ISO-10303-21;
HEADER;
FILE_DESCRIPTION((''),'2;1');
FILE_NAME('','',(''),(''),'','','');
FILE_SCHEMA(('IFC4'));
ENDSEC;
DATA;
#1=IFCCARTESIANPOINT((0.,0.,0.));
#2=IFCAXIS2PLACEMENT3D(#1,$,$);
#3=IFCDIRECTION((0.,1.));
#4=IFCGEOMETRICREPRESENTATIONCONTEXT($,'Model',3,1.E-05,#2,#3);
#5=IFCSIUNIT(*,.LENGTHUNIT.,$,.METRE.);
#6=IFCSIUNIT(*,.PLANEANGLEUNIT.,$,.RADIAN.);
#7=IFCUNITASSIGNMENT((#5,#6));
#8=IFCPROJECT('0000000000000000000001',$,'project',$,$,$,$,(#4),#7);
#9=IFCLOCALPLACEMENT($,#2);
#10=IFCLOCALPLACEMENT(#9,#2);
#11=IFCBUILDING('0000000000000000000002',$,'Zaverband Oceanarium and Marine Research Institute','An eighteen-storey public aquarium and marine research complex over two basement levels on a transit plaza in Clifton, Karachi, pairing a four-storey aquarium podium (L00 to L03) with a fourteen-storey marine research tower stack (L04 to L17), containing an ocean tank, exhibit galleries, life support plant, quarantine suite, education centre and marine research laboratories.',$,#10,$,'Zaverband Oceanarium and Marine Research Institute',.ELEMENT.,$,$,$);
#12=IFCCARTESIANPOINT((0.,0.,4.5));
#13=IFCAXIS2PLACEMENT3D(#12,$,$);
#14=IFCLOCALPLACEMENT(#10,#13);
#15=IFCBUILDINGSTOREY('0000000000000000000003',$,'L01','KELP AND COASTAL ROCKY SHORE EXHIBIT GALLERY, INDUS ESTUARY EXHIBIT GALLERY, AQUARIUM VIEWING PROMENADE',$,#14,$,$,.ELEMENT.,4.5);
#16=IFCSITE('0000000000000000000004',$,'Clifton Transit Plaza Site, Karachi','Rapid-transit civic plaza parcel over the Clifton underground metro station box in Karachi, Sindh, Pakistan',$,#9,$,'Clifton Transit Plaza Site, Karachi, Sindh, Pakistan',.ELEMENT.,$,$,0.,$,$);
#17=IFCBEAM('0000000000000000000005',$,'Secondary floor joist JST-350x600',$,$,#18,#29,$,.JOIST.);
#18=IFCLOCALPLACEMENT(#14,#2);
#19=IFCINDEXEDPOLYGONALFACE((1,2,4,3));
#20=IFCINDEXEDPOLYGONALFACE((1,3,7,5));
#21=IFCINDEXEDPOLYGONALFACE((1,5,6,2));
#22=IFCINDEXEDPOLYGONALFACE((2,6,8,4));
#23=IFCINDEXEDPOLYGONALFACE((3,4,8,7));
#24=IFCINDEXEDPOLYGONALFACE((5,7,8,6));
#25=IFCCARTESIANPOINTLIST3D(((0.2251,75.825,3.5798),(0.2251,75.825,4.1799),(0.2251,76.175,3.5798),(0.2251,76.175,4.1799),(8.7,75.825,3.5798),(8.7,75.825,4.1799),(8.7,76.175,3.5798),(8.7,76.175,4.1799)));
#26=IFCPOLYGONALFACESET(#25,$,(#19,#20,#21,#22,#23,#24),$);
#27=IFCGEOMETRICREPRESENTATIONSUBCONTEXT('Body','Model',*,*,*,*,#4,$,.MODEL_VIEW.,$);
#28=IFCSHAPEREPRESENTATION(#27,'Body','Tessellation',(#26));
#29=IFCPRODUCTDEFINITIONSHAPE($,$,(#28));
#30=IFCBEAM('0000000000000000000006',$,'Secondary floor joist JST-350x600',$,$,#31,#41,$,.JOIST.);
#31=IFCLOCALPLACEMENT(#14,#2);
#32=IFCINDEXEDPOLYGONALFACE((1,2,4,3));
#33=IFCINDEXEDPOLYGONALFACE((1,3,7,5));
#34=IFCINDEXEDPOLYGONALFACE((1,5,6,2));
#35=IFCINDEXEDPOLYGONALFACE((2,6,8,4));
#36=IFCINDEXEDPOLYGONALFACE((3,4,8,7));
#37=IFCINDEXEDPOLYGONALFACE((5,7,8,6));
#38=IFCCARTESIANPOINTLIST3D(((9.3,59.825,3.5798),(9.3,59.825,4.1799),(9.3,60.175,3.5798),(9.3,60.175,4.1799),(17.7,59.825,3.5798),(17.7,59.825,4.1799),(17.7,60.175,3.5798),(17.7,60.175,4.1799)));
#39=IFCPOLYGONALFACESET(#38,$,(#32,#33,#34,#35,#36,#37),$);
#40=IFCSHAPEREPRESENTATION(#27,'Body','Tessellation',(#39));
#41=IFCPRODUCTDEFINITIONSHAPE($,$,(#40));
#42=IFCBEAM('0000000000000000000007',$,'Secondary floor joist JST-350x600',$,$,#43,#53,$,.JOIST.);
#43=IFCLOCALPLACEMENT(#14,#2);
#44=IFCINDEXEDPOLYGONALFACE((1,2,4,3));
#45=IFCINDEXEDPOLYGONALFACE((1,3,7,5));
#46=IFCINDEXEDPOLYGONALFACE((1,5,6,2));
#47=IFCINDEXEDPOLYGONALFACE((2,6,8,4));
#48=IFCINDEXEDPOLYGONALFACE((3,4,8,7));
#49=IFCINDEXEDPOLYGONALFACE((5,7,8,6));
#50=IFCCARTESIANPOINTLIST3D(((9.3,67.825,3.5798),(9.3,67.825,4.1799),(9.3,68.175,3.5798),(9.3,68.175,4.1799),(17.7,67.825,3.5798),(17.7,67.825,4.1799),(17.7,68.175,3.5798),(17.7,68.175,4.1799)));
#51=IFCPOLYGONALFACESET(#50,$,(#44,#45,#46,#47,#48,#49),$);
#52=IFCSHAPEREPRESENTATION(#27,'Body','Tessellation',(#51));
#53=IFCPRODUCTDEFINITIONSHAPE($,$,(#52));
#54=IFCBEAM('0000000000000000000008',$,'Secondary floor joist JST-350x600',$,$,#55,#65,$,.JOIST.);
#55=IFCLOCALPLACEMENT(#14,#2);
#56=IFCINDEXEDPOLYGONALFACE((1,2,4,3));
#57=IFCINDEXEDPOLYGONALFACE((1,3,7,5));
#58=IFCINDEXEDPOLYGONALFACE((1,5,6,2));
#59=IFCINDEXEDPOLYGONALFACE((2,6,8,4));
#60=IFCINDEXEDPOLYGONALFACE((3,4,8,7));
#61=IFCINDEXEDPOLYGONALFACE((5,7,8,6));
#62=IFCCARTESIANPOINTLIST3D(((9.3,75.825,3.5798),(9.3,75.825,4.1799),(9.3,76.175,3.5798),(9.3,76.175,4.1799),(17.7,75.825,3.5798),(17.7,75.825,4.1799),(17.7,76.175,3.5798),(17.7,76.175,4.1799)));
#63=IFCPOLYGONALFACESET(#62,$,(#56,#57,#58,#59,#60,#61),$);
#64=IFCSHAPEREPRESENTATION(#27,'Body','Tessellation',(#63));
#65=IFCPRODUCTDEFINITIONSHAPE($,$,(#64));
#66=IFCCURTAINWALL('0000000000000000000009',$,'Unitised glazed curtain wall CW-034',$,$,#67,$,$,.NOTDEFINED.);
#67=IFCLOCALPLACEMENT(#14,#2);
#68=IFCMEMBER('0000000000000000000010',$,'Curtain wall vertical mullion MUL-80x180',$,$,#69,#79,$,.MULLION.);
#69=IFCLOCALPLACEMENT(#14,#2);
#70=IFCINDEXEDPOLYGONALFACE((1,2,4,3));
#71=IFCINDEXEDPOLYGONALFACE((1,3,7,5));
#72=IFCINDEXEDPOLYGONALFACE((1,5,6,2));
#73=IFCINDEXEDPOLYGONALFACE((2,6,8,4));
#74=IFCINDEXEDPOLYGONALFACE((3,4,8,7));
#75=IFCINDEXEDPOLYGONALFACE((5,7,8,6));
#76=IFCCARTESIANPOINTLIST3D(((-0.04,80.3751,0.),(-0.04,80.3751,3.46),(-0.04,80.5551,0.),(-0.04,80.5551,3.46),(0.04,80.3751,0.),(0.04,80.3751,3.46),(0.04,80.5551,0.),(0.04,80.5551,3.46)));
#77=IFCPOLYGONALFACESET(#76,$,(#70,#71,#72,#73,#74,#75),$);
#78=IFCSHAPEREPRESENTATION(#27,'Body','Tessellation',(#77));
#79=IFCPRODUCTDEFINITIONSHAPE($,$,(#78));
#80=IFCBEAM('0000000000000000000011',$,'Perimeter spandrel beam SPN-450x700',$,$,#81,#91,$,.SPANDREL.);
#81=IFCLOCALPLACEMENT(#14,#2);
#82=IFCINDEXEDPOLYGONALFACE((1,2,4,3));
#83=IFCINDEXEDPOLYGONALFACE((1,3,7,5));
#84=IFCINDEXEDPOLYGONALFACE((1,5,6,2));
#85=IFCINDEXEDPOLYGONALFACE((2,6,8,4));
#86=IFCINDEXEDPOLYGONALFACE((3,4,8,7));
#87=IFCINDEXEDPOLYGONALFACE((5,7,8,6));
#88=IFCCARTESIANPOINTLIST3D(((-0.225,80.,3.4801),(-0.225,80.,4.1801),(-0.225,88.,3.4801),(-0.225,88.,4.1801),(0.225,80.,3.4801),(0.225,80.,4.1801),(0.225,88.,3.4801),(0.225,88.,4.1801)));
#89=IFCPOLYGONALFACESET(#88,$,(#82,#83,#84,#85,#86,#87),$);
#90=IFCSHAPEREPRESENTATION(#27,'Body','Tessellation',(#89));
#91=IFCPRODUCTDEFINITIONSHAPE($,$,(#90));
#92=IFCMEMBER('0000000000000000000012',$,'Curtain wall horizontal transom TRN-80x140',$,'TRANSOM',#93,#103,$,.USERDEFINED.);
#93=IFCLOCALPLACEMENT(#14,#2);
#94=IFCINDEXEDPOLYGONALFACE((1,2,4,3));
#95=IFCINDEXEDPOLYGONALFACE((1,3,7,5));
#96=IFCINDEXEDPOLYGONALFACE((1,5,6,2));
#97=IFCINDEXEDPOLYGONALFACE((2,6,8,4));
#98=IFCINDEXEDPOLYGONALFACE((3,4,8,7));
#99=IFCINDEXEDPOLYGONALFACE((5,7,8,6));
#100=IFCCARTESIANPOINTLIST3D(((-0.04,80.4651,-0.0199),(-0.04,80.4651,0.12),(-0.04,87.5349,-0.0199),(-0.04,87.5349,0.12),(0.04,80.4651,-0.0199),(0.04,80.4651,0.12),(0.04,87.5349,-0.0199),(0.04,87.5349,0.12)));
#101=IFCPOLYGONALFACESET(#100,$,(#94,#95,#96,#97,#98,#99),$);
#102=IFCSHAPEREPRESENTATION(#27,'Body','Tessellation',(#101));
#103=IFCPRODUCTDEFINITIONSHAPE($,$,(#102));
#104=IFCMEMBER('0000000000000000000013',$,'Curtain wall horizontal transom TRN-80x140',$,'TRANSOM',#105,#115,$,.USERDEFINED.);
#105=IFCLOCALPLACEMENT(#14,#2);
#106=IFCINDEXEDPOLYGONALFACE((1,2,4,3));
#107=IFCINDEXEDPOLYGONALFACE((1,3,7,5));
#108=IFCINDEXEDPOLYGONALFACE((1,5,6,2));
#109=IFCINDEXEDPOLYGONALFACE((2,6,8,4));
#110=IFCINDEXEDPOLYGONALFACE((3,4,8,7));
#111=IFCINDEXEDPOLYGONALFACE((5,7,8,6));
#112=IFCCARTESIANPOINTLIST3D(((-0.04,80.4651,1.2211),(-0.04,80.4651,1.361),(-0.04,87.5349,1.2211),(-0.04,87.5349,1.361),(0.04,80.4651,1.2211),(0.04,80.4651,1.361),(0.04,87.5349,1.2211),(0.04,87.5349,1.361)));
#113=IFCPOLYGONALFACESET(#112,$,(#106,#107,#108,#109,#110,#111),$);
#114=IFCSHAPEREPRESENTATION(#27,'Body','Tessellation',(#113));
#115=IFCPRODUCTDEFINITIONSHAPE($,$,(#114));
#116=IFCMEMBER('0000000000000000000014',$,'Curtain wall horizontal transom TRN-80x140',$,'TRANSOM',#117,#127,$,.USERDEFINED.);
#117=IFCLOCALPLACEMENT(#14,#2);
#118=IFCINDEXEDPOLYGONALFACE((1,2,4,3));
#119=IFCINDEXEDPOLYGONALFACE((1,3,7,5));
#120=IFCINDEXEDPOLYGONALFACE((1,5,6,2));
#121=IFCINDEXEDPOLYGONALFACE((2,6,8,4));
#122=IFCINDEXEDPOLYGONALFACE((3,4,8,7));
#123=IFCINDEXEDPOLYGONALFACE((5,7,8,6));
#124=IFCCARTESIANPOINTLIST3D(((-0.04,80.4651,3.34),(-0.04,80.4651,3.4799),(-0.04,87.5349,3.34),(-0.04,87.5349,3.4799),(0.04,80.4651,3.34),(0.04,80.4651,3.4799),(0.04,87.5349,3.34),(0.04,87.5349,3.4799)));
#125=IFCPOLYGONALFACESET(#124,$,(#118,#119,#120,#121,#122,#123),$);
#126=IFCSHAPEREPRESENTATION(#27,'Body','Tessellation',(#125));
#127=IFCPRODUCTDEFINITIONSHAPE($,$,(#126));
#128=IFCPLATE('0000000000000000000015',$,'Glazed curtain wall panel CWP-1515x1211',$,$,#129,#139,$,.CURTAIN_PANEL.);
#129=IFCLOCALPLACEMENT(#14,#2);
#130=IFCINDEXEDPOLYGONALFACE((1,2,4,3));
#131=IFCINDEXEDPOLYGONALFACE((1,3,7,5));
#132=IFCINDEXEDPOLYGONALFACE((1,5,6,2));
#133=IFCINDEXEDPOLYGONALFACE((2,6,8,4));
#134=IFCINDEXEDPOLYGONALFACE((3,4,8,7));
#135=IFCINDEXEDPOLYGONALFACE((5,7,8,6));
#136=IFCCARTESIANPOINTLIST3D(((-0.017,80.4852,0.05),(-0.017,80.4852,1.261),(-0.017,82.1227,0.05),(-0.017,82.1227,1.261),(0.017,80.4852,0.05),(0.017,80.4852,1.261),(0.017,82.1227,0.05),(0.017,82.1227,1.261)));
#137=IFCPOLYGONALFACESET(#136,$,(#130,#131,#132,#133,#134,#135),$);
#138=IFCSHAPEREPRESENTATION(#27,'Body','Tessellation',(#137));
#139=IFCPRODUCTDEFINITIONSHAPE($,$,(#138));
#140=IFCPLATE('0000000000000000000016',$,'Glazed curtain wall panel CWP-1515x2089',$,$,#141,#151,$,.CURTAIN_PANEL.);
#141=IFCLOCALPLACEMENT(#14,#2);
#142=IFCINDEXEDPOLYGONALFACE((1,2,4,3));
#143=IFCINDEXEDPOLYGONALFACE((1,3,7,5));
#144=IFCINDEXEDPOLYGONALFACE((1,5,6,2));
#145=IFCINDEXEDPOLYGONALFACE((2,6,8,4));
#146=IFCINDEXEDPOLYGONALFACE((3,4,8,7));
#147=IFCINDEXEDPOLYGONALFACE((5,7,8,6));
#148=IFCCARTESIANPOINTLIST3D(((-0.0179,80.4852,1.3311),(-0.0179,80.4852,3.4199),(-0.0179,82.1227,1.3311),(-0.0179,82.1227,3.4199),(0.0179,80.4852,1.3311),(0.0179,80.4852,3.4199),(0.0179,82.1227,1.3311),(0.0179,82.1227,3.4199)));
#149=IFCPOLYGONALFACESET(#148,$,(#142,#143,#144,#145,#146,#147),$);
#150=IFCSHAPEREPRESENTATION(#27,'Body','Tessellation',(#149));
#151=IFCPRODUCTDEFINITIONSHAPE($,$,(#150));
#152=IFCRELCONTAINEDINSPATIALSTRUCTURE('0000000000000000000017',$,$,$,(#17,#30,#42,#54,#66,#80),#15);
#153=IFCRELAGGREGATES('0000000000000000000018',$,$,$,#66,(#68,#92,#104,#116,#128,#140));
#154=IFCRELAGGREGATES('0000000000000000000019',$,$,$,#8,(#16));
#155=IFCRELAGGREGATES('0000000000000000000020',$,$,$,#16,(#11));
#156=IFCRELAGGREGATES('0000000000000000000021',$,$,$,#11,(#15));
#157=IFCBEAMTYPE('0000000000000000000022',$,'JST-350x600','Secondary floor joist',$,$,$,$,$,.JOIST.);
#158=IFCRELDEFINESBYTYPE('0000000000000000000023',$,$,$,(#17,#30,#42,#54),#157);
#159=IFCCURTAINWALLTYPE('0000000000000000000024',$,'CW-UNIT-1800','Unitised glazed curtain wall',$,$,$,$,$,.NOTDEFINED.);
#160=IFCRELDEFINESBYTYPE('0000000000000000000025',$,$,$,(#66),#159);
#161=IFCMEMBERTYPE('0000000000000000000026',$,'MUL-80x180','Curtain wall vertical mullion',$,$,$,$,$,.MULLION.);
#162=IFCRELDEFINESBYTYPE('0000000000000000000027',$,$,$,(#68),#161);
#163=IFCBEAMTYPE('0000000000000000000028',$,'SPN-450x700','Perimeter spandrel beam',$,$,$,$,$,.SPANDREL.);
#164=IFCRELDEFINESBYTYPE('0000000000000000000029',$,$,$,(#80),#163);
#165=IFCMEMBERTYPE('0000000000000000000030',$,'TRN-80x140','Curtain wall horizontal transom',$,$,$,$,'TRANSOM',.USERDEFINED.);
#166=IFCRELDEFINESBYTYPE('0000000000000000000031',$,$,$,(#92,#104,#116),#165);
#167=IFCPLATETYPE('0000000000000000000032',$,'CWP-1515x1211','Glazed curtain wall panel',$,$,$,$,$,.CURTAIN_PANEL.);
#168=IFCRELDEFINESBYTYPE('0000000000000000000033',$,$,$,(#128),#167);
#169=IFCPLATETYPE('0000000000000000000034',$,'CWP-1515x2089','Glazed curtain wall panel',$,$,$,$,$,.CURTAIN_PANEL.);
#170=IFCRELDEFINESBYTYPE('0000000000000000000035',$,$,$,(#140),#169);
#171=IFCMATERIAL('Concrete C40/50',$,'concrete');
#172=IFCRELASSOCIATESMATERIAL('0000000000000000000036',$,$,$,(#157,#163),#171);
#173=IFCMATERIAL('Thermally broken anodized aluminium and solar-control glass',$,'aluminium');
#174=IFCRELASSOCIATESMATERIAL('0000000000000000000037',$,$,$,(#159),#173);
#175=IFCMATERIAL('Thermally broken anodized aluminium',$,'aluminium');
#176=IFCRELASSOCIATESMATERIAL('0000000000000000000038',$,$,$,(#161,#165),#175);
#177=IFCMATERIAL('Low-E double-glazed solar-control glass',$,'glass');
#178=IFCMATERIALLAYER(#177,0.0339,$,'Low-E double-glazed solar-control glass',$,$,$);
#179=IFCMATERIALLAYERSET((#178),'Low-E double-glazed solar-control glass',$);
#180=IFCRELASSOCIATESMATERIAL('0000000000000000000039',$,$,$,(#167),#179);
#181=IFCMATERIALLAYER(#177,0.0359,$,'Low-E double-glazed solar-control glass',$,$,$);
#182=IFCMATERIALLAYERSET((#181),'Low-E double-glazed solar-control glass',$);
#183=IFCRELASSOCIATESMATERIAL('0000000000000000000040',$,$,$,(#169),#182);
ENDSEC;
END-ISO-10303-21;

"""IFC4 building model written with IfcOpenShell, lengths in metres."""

from ifc_helpers import new_model, si_unit, direction, frame, frame_2d, origin, origin_2d, place, context, subcontext, project, spatial, rectangle, extrude, material, layer, layer_set, material_profile, profile_set, type_object, element, aggregate, save


model = new_model("IFC4")

# Units and contexts
model_context = context("Model", 3, precision=1e-05, world=origin(), true_north=direction((0.0, 1.0)))
body_context = subcontext(model_context, "Body", "Model", "MODEL_VIEW")
ifc_project = project(units=[si_unit("LENGTHUNIT", "METRE"), si_unit("PLANEANGLEUNIT", "RADIAN")], contexts=[model_context])

# Site, building, storey
site_placement = place(None, origin())
site = spatial("IfcSite", under=ifc_project, at=site_placement, Name="Clifton Transit Plaza Site, Karachi", Description="Rapid-transit civic plaza parcel over the Clifton underground metro station box in Karachi, Sindh, Pakistan", LongName="Clifton Transit Plaza Site, Karachi, Sindh, Pakistan", CompositionType="ELEMENT", RefElevation=0.0)
building_placement = place(site_placement, origin())
building = spatial("IfcBuilding", under=site, at=building_placement, Name="Zaverband Oceanarium and Marine Research Institute", Description="An eighteen-storey public aquarium and marine research complex over two basement levels on a transit plaza in Clifton, Karachi, pairing a four-storey aquarium podium (L00 to L03) with a fourteen-storey marine research tower stack (L04 to L17), containing an ocean tank, exhibit galleries, life support plant, quarantine suite, education centre and marine research laboratories.", LongName="Zaverband Oceanarium and Marine Research Institute", CompositionType="ELEMENT")
storey_placement = place(building_placement, frame((0.0, 0.0, 4.5)))
storey = spatial("IfcBuildingStorey", under=building, at=storey_placement, Name="L01", Description="KELP AND COASTAL ROCKY SHORE EXHIBIT GALLERY, INDUS ESTUARY EXHIBIT GALLERY, AQUARIUM VIEWING PROMENADE", CompositionType="ELEMENT", Elevation=4.5)

# Beams
ifc_material_1 = material(Name="Concrete C40/50", Category="concrete")
ifc_material_profile_1 = material_profile(ifc_material_1, rectangle(XDim=0.3501, YDim=0.6001, at=origin_2d()), Name="RC350x600")
ifc_profile_set_1 = profile_set([ifc_material_profile_1], Name="Concrete C40/50")
beam_type_1 = type_object("IfcBeamType", Name="JST-350x600", Description="Secondary floor joist", PredefinedType="JOIST", material=ifc_profile_set_1)
for number, where, z_axis, x_axis, name in (
    (1, (0.2251, 76.0, 3.8799), (1.0, 0.0, 0.0), (0.0, 1.0, 0.0), "Secondary floor joist JST-350x600"),
):
    element("IfcBeam", number, at=place(storey_placement, frame(where, z_axis=z_axis, x_axis=x_axis)), inside=storey, type_object=beam_type_1, Name=name, PredefinedType="JOIST", context=body_context, shape_type="SweptSolid", body=[
        extrude(rectangle(XDim=0.3501, YDim=0.6001, at=origin_2d()), origin(), (0.0, 0.0, 1.0), 8.4749),
    ])
for number, where, z_axis, x_axis, name in (
    (2, (9.3, 60.0, 3.8799), (1.0, 0.0, 0.0), (0.0, 1.0, 0.0), "Secondary floor joist JST-350x600"),
    (3, (9.3, 68.0, 3.8799), (1.0, 0.0, 0.0), (0.0, 1.0, 0.0), "Secondary floor joist JST-350x600"),
    (4, (9.3, 76.0, 3.8799), (1.0, 0.0, 0.0), (0.0, 1.0, 0.0), "Secondary floor joist JST-350x600"),
):
    element("IfcBeam", number, at=place(storey_placement, frame(where, z_axis=z_axis, x_axis=x_axis)), inside=storey, type_object=beam_type_1, Name=name, PredefinedType="JOIST", context=body_context, shape_type="SweptSolid", body=[
        extrude(rectangle(XDim=0.3501, YDim=0.6001, at=origin_2d()), origin(), (0.0, 0.0, 1.0), 8.3999),
    ])

# Curtain wall, member
ifc_material_2 = material(Name="Thermally broken anodized aluminium and solar-control glass", Category="aluminium")
curtain_wall_type = type_object("IfcCurtainWallType", Name="CW-UNIT-1800", Description="Unitised glazed curtain wall", PredefinedType="NOTDEFINED", material=ifc_material_2)
curtain_wall_placement = place(storey_placement, origin())
curtain_wall = element("IfcCurtainWall", 5, at=curtain_wall_placement, inside=storey, type_object=curtain_wall_type, Name="Unitised glazed curtain wall CW-034", PredefinedType="NOTDEFINED")
ifc_material_3 = material(Name="Thermally broken anodized aluminium", Category="aluminium")
ifc_material_profile_2 = material_profile(ifc_material_3, rectangle(XDim=0.0801, YDim=0.1799, at=origin_2d()), Name="AL-MUL-80x180")
ifc_profile_set_2 = profile_set([ifc_material_profile_2], Name="Thermally broken anodized aluminium")
member_type_1 = type_object("IfcMemberType", Name="MUL-80x180", Description="Curtain wall vertical mullion", PredefinedType="MULLION", material=ifc_profile_set_2)
member_1_placement = place(storey_placement, frame((0.0, 80.4651, 0.0), z_axis=(0.0, 0.0, 1.0), x_axis=(1.0, 0.0, 0.0)))
member_1 = element("IfcMember", 6, at=member_1_placement, type_object=member_type_1, Name="Curtain wall vertical mullion MUL-80x180", PredefinedType="MULLION", context=body_context, shape_type="SweptSolid", body=[
    extrude(rectangle(XDim=0.0801, YDim=0.1799, at=origin_2d()), origin(), (0.0, 0.0, 1.0), 3.46),
])

# Beam
ifc_material_profile_3 = material_profile(ifc_material_1, rectangle(XDim=0.45, YDim=0.7, at=origin_2d()), Name="RC450x700")
ifc_profile_set_3 = profile_set([ifc_material_profile_3], Name="Concrete C40/50")
beam_type_2 = type_object("IfcBeamType", Name="SPN-450x700", Description="Perimeter spandrel beam", PredefinedType="SPANDREL", material=ifc_profile_set_3)
beam_placement = place(storey_placement, frame((0.0, 80.0, 3.8301), z_axis=(0.0, 1.0, 0.0), x_axis=(-1.0, 0.0, 0.0)))
element("IfcBeam", 7, at=beam_placement, inside=storey, type_object=beam_type_2, Name="Perimeter spandrel beam SPN-450x700", PredefinedType="SPANDREL", context=body_context, shape_type="SweptSolid", body=[
    extrude(rectangle(XDim=0.45, YDim=0.7, at=origin_2d()), origin(), (0.0, 0.0, 1.0), 8.0),
])

# Members
ifc_material_profile_4 = material_profile(ifc_material_3, rectangle(XDim=0.0801, YDim=0.1399, at=origin_2d()), Name="AL-TRN-80x140")
ifc_profile_set_4 = profile_set([ifc_material_profile_4], Name="Thermally broken anodized aluminium")
member_type_2 = type_object("IfcMemberType", Name="TRN-80x140", Description="Curtain wall horizontal transom", ElementType="TRANSOM", PredefinedType="USERDEFINED", material=ifc_profile_set_4)
member_2_placement = place(storey_placement, frame((0.0, 80.4651, 0.05), z_axis=(0.0, 1.0, 0.0), x_axis=(-1.0, 0.0, 0.0)))
member_2 = element("IfcMember", 8, at=member_2_placement, type_object=member_type_2, Name="Curtain wall horizontal transom TRN-80x140", ObjectType="TRANSOM", PredefinedType="USERDEFINED", context=body_context, shape_type="SweptSolid", body=[
    extrude(rectangle(XDim=0.0801, YDim=0.1399, at=origin_2d()), origin(), (0.0, 0.0, 1.0), 7.0698),
])
member_3_placement = place(storey_placement, frame((0.0, 80.4651, 1.291), z_axis=(0.0, 1.0, 0.0), x_axis=(-1.0, 0.0, 0.0)))
member_3 = element("IfcMember", 9, at=member_3_placement, type_object=member_type_2, Name="Curtain wall horizontal transom TRN-80x140", ObjectType="TRANSOM", PredefinedType="USERDEFINED", context=body_context, shape_type="SweptSolid", body=[
    extrude(rectangle(XDim=0.0801, YDim=0.1399, at=origin_2d()), origin(), (0.0, 0.0, 1.0), 7.0698),
])
member_4_placement = place(storey_placement, frame((0.0, 80.4651, 3.4099), z_axis=(0.0, 1.0, 0.0), x_axis=(-1.0, 0.0, 0.0)))
member_4 = element("IfcMember", 10, at=member_4_placement, type_object=member_type_2, Name="Curtain wall horizontal transom TRN-80x140", ObjectType="TRANSOM", PredefinedType="USERDEFINED", context=body_context, shape_type="SweptSolid", body=[
    extrude(rectangle(XDim=0.0801, YDim=0.1399, at=origin_2d()), origin(), (0.0, 0.0, 1.0), 7.0698),
])

# Plates
ifc_material_4 = material(Name="Low-E double-glazed solar-control glass", Category="glass")
ifc_layer_1 = layer(ifc_material_4, 0.0339, Name="Low-E double-glazed solar-control glass")
ifc_layer_set_1 = layer_set([ifc_layer_1], Name="Low-E double-glazed solar-control glass")
plate_type_1 = type_object("IfcPlateType", Name="CWP-1515x1211", Description="Glazed curtain wall panel", PredefinedType="CURTAIN_PANEL", material=ifc_layer_set_1)
plate_1_placement = place(storey_placement, frame((0.0, 80.4851, 0.05), z_axis=(0.0, 0.0, 1.0), x_axis=(0.0, 1.0, 0.0)))
plate_1 = element("IfcPlate", 11, at=plate_1_placement, type_object=plate_type_1, Name="Glazed curtain wall panel CWP-1515x1211", PredefinedType="CURTAIN_PANEL", context=body_context, shape_type="SweptSolid", body=[
    extrude(rectangle(XDim=1.6375, YDim=0.0339, at=frame_2d((0.8188, 0.0))), origin(), (0.0, 0.0, 1.0), 1.2109),
])
ifc_layer_2 = layer(ifc_material_4, 0.0359, Name="Low-E double-glazed solar-control glass")
ifc_layer_set_2 = layer_set([ifc_layer_2], Name="Low-E double-glazed solar-control glass")
plate_type_2 = type_object("IfcPlateType", Name="CWP-1515x2089", Description="Glazed curtain wall panel", PredefinedType="CURTAIN_PANEL", material=ifc_layer_set_2)
plate_2_placement = place(storey_placement, frame((0.0, 80.4851, 1.3311), z_axis=(0.0, 0.0, 1.0), x_axis=(0.0, 1.0, 0.0)))
plate_2 = element("IfcPlate", 12, at=plate_2_placement, type_object=plate_type_2, Name="Glazed curtain wall panel CWP-1515x2089", PredefinedType="CURTAIN_PANEL", context=body_context, shape_type="SweptSolid", body=[
    extrude(rectangle(XDim=1.6375, YDim=0.0359, at=frame_2d((0.8188, 0.0))), origin(), (0.0, 0.0, 1.0), 2.0889),
])
aggregate(curtain_wall, [member_1, member_2, member_3, member_4, plate_1, plate_2])

save(model, "model.ifc")
